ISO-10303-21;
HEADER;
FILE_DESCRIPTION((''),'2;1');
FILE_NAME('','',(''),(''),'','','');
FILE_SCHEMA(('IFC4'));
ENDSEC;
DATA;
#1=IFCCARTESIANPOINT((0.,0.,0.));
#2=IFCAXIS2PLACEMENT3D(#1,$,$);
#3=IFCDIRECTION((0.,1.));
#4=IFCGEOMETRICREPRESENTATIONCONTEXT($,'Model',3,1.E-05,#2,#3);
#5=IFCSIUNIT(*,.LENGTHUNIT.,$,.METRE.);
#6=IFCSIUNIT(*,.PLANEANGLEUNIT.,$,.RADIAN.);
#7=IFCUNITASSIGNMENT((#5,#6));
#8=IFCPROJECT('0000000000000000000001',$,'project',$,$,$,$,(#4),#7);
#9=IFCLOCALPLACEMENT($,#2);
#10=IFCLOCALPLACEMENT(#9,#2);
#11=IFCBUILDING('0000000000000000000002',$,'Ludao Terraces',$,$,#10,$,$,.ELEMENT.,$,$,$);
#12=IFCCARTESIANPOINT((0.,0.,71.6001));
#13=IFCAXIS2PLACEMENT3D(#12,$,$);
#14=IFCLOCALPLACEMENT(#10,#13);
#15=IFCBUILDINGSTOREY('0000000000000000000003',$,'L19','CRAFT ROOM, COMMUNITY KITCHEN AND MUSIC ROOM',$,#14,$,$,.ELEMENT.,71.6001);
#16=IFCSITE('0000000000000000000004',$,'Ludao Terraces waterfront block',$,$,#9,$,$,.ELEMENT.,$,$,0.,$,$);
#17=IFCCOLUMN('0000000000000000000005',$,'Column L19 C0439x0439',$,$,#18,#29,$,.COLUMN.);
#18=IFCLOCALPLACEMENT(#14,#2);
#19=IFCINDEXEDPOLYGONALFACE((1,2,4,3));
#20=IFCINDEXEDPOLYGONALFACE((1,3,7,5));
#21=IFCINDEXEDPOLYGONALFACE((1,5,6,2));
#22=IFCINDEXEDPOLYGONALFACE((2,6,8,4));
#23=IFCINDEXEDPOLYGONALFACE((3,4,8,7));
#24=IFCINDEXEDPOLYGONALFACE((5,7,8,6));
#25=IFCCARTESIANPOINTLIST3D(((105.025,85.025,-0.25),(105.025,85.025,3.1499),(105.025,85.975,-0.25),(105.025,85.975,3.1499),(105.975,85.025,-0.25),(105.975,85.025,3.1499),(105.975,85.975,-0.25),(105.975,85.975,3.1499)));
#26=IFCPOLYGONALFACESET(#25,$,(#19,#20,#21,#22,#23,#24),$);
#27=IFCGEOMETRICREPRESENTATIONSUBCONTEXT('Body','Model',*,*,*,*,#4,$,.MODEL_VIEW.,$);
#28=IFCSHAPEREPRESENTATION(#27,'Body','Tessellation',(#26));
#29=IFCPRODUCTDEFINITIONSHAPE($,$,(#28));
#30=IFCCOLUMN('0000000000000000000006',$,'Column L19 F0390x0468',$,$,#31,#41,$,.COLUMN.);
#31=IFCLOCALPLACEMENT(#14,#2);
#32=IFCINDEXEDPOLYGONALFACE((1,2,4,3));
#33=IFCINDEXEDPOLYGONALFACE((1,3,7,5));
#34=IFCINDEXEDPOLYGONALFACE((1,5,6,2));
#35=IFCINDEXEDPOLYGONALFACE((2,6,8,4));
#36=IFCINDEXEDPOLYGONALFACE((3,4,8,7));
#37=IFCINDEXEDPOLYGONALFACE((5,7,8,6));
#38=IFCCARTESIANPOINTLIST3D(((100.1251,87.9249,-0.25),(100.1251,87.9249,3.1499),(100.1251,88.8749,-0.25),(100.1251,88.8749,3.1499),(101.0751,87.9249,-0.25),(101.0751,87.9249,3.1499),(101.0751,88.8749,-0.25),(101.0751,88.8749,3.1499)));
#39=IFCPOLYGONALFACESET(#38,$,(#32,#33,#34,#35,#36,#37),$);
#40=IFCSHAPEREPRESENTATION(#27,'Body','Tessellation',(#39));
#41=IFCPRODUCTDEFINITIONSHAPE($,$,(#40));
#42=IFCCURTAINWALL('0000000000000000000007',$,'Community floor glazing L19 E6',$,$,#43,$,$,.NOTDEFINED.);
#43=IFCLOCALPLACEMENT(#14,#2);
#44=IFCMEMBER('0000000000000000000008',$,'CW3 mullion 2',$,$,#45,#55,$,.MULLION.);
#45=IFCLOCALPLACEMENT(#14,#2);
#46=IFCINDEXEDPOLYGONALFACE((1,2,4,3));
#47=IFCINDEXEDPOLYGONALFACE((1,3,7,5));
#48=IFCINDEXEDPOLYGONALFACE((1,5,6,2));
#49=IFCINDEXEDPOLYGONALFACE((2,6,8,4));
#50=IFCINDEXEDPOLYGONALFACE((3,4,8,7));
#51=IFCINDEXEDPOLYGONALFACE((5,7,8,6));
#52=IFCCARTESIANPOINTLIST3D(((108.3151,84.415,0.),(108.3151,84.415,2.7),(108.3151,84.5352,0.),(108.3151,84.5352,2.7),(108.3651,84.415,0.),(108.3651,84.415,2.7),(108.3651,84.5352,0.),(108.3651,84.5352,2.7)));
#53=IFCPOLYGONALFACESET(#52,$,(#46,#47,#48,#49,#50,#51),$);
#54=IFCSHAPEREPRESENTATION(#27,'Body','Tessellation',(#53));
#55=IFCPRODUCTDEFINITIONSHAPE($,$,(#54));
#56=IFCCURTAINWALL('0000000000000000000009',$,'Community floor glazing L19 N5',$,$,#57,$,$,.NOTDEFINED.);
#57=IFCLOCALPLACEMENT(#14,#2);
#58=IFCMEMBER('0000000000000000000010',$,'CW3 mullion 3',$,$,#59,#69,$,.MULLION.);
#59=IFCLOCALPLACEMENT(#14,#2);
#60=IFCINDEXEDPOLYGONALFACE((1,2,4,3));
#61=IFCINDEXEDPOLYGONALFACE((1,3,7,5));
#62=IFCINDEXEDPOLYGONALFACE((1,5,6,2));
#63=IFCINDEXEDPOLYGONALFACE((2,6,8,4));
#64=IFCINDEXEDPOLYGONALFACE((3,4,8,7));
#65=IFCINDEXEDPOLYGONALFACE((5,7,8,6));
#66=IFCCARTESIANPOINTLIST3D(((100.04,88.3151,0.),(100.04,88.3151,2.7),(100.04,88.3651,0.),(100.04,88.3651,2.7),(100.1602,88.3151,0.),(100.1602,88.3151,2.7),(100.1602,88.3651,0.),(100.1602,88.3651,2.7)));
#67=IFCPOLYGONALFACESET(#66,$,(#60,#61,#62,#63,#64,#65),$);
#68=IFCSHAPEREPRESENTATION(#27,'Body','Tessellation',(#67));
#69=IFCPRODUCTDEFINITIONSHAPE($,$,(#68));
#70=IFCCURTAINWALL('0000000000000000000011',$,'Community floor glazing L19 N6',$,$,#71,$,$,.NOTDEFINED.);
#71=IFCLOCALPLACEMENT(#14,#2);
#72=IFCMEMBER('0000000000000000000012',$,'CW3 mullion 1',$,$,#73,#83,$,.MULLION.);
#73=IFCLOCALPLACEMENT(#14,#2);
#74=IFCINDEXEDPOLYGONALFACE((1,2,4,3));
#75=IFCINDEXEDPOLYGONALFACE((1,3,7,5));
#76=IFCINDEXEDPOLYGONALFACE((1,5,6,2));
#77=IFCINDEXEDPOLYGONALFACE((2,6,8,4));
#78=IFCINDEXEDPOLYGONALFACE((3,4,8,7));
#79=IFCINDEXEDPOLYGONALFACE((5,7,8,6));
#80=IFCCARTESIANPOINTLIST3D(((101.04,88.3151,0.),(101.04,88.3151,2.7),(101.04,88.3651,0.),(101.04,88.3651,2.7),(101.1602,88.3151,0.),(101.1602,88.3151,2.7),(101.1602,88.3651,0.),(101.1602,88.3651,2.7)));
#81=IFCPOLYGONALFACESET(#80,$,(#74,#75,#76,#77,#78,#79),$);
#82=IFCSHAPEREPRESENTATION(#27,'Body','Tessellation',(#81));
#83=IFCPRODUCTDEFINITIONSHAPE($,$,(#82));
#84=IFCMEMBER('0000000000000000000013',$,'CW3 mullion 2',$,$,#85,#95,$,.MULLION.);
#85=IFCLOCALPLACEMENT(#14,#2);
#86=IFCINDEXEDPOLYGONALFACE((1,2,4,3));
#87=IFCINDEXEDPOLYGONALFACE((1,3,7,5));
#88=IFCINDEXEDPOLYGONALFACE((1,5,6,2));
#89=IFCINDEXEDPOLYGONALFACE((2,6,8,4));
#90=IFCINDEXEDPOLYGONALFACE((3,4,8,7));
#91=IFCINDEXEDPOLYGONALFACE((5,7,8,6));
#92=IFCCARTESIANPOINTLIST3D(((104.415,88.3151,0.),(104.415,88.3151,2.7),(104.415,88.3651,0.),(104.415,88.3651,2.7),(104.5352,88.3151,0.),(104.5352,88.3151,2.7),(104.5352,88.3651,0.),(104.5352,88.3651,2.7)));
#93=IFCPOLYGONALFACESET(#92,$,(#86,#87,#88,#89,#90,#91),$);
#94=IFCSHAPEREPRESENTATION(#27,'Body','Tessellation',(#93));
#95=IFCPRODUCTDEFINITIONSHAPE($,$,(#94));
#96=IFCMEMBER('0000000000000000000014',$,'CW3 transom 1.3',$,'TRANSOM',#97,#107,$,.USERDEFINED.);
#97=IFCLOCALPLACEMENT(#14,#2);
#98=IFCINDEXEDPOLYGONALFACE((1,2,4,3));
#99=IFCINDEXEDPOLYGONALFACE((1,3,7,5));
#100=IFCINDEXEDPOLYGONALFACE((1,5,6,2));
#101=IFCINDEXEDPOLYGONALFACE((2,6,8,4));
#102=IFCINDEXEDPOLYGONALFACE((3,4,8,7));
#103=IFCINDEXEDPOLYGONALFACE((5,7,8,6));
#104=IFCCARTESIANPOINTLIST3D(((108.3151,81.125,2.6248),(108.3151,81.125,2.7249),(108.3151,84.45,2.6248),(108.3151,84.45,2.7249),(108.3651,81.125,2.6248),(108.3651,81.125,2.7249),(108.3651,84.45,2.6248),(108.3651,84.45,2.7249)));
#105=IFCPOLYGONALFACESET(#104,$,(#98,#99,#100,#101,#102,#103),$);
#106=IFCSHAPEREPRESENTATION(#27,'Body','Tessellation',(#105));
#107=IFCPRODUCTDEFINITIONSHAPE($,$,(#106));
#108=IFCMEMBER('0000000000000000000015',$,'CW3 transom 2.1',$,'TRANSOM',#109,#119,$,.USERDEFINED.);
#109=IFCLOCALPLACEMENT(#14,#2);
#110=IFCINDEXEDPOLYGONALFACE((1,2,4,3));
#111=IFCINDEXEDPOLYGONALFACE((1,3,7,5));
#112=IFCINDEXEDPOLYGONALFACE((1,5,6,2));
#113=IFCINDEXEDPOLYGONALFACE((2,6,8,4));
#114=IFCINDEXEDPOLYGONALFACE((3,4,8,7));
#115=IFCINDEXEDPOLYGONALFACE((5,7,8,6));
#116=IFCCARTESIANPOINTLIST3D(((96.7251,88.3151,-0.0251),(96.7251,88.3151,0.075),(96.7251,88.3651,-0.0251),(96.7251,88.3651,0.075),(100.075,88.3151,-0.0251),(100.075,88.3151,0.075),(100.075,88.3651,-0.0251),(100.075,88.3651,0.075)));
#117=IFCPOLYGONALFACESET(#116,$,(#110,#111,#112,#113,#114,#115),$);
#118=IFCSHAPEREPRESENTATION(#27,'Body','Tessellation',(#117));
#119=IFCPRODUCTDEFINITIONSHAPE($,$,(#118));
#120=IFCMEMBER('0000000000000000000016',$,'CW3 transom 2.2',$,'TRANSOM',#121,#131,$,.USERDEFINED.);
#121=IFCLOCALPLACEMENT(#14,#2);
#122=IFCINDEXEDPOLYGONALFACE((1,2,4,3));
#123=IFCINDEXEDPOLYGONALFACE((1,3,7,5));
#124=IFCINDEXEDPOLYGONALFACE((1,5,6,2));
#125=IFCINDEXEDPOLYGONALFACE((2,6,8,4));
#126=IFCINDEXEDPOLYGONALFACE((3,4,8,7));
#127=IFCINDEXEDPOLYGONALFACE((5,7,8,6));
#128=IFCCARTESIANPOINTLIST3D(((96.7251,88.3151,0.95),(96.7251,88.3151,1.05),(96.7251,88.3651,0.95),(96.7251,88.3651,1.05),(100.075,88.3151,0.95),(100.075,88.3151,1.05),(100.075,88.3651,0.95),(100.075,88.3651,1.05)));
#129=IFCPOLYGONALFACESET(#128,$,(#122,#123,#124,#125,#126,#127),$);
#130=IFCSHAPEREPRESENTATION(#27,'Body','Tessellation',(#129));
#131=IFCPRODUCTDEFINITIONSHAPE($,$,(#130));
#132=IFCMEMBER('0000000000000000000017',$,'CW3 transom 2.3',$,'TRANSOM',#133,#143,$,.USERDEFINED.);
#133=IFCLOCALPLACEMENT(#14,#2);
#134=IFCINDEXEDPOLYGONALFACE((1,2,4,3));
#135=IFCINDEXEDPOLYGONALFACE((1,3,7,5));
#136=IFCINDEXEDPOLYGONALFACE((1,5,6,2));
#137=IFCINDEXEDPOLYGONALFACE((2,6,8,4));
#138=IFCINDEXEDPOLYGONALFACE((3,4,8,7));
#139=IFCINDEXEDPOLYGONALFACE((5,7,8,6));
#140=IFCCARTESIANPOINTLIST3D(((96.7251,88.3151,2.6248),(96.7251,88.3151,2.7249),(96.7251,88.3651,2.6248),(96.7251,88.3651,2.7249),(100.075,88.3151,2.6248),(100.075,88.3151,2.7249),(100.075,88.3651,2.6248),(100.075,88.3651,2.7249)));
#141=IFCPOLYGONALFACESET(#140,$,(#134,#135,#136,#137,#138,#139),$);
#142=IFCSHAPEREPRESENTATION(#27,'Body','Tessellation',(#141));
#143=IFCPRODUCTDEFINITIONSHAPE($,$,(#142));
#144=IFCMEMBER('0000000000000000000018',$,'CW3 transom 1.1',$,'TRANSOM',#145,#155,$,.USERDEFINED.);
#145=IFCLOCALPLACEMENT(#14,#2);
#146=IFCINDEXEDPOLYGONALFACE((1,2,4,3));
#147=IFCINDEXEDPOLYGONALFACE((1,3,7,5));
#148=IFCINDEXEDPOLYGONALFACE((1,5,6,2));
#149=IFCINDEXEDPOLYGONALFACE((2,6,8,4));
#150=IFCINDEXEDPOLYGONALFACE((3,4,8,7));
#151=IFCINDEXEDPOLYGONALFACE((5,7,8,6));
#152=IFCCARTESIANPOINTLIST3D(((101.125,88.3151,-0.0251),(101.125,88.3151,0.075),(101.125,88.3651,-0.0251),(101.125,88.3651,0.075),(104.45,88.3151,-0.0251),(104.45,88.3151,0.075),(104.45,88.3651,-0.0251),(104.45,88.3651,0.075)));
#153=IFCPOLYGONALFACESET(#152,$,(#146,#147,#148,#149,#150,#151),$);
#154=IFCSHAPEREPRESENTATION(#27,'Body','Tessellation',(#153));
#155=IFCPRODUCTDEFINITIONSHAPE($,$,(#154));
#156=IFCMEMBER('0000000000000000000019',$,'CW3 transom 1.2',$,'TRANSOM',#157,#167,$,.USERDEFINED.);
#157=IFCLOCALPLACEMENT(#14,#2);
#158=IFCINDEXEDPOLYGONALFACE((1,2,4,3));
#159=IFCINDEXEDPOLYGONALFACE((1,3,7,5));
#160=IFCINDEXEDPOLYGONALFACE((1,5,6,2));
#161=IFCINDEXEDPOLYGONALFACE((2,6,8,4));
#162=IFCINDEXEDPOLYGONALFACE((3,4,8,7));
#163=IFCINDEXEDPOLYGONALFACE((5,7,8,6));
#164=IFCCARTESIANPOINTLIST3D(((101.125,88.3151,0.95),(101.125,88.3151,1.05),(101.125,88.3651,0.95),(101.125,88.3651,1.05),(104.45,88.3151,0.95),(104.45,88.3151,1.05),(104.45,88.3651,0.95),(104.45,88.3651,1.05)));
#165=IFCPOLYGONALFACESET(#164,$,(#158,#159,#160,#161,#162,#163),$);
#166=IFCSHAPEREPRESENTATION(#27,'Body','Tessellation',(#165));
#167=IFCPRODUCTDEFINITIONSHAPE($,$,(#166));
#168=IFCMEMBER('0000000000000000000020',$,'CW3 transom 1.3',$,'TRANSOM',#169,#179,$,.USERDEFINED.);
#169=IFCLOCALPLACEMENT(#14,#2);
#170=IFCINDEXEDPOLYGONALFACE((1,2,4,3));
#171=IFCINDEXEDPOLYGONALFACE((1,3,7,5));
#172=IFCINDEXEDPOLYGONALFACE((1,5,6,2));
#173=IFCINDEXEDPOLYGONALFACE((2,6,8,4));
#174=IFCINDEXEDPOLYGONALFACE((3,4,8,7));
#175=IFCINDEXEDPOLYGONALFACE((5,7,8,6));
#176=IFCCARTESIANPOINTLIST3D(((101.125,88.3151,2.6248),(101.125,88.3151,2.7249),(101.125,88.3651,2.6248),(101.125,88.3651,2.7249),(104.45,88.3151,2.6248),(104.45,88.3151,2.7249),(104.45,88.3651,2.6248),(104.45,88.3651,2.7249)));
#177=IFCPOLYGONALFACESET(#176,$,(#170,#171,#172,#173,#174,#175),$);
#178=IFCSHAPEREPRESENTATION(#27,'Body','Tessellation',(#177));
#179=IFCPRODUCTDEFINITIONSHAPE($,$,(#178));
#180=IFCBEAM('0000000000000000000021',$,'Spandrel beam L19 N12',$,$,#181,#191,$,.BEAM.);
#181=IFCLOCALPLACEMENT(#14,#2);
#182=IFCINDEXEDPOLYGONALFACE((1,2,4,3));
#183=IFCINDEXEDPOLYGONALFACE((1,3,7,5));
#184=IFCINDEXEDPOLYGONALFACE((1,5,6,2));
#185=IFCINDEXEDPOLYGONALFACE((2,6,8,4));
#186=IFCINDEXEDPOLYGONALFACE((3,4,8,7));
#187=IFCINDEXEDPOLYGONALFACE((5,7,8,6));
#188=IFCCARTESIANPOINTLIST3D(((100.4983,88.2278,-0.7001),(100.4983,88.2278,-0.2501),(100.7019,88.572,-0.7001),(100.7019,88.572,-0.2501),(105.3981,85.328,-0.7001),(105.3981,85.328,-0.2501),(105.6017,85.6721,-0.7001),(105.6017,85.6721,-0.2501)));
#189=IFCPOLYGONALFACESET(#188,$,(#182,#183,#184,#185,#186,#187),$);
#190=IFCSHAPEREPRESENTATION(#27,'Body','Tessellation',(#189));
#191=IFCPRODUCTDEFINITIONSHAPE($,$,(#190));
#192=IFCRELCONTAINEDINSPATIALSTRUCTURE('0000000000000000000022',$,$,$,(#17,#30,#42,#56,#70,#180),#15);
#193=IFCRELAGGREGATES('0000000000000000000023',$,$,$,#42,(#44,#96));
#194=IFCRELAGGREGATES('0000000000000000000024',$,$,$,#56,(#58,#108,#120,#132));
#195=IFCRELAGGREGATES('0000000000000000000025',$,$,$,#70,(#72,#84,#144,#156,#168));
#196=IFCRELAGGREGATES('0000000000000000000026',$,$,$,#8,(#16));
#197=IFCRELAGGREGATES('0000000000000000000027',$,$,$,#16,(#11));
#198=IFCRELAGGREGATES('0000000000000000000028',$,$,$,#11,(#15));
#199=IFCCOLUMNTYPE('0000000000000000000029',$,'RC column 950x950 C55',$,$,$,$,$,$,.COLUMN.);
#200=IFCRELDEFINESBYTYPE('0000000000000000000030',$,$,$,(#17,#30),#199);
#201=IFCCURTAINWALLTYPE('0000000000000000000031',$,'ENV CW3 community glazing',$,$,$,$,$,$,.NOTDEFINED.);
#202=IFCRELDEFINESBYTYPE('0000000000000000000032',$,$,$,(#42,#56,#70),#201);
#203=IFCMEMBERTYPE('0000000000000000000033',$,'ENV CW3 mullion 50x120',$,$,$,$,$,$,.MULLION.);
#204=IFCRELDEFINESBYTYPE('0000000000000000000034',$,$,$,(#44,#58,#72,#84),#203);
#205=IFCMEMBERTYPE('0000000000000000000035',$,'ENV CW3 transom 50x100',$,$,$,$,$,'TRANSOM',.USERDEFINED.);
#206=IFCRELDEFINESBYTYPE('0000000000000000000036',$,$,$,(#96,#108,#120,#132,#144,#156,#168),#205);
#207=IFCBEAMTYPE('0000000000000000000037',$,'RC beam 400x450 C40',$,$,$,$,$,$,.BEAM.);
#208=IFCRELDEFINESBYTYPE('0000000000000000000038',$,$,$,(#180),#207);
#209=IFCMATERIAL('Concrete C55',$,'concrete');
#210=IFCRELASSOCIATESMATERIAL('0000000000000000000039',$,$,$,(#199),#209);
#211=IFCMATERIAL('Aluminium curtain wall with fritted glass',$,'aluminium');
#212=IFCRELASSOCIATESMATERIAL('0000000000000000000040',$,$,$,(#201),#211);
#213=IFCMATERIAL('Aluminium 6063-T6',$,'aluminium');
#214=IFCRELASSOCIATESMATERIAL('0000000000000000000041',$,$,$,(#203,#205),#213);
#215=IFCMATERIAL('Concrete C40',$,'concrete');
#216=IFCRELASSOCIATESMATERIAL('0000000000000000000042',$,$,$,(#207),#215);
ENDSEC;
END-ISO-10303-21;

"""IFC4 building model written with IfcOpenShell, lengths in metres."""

from ifc_helpers import new_model, si_unit, direction, frame, origin, origin_2d, place, context, subcontext, project, spatial, rectangle, extrude, material, material_profile, profile_set, type_object, element, aggregate, save


model = new_model("IFC4")

# Units and contexts
model_context = context("Model", 3, precision=1e-05, world=origin(), true_north=direction((0.0, 1.0)))
body_context = subcontext(model_context, "Body", "Model", "MODEL_VIEW")
ifc_project = project(units=[si_unit("LENGTHUNIT", "METRE"), si_unit("PLANEANGLEUNIT", "RADIAN")], contexts=[model_context])

# Site, building, storey
site_placement = place(None, origin())
site = spatial("IfcSite", under=ifc_project, at=site_placement, Name="Ludao Terraces waterfront block", CompositionType="ELEMENT", RefElevation=0.0)
building_placement = place(site_placement, origin())
building = spatial("IfcBuilding", under=site, at=building_placement, Name="Ludao Terraces", CompositionType="ELEMENT")
storey_placement = place(building_placement, frame((0.0, 0.0, 71.6001)))
storey = spatial("IfcBuildingStorey", under=building, at=storey_placement, Name="L19", Description="CRAFT ROOM, COMMUNITY KITCHEN AND MUSIC ROOM", CompositionType="ELEMENT", Elevation=71.6001)

# Columns
ifc_material_1 = material(Name="Concrete C55", Category="concrete")
ifc_material_profile_1 = material_profile(ifc_material_1, rectangle(XDim=0.95, YDim=0.95, at=origin_2d()), Name="950 X 950")
ifc_profile_set_1 = profile_set([ifc_material_profile_1], Name="Concrete C55")
column_type = type_object("IfcColumnType", Name="RC column 950x950 C55", PredefinedType="COLUMN", material=ifc_profile_set_1)
for number, where, z_axis, x_axis, name in (
    (1, (105.5, 85.5, -0.25), (0.0, 0.0, 1.0), (1.0, 0.0, 0.0), "Column L19 C0439x0439"),
    (2, (100.6001, 88.3999, -0.25), (0.0, 0.0, 1.0), (1.0, 0.0, 0.0), "Column L19 F0390x0468"),
):
    element("IfcColumn", number, at=place(storey_placement, frame(where, z_axis=z_axis, x_axis=x_axis)), inside=storey, type_object=column_type, Name=name, PredefinedType="COLUMN", context=body_context, shape_type="SweptSolid", body=[
        extrude(rectangle(XDim=0.95, YDim=0.95, at=origin_2d()), origin(), (0.0, 0.0, 1.0), 3.3999),
    ])

# Curtain walls, members
ifc_material_2 = material(Name="Aluminium curtain wall with fritted glass", Category="aluminium")
curtain_wall_type = type_object("IfcCurtainWallType", Name="ENV CW3 community glazing", PredefinedType="NOTDEFINED", material=ifc_material_2)
curtain_wall_1_placement = place(storey_placement, origin())
curtain_wall_1 = element("IfcCurtainWall", 3, at=curtain_wall_1_placement, inside=storey, type_object=curtain_wall_type, Name="Community floor glazing L19 E6", PredefinedType="NOTDEFINED")
ifc_material_3 = material(Name="Aluminium 6063-T6", Category="aluminium")
ifc_material_profile_2 = material_profile(ifc_material_3, rectangle(XDim=0.05, YDim=0.1201, at=origin_2d()), Name="50 X 120")
ifc_profile_set_2 = profile_set([ifc_material_profile_2], Name="Aluminium 6063-T6")
member_type_1 = type_object("IfcMemberType", Name="ENV CW3 mullion 50x120", PredefinedType="MULLION", material=ifc_profile_set_2)
member_1_placement = place(storey_placement, frame((108.3401, 84.4751, 0.0), z_axis=(0.0, 0.0, 1.0), x_axis=(-1.0, 0.0, 0.0)))
member_1 = element("IfcMember", 4, at=member_1_placement, type_object=member_type_1, Name="CW3 mullion 2", PredefinedType="MULLION", context=body_context, shape_type="SweptSolid", body=[
    extrude(rectangle(XDim=0.05, YDim=0.1201, at=origin_2d()), origin(), (0.0, 0.0, 1.0), 2.7),
])
curtain_wall_2_placement = place(storey_placement, origin())
curtain_wall_2 = element("IfcCurtainWall", 5, at=curtain_wall_2_placement, inside=storey, type_object=curtain_wall_type, Name="Community floor glazing L19 N5", PredefinedType="NOTDEFINED")
member_2_placement = place(storey_placement, frame((100.1001, 88.3401, 0.0), z_axis=(0.0, 0.0, 1.0), x_axis=(0.0, 1.0, 0.0)))
member_2 = element("IfcMember", 6, at=member_2_placement, type_object=member_type_1, Name="CW3 mullion 3", PredefinedType="MULLION", context=body_context, shape_type="SweptSolid", body=[
    extrude(rectangle(XDim=0.05, YDim=0.1201, at=origin_2d()), origin(), (0.0, 0.0, 1.0), 2.7),
])

# Curtain wall, members
curtain_wall_3_placement = place(storey_placement, origin())
curtain_wall_3 = element("IfcCurtainWall", 7, at=curtain_wall_3_placement, inside=storey, type_object=curtain_wall_type, Name="Community floor glazing L19 N6", PredefinedType="NOTDEFINED")
member_3_placement = place(storey_placement, frame((101.1001, 88.3401, 0.0), z_axis=(0.0, 0.0, 1.0), x_axis=(0.0, 1.0, 0.0)))
member_3 = element("IfcMember", 8, at=member_3_placement, type_object=member_type_1, Name="CW3 mullion 1", PredefinedType="MULLION", context=body_context, shape_type="SweptSolid", body=[
    extrude(rectangle(XDim=0.05, YDim=0.1201, at=origin_2d()), origin(), (0.0, 0.0, 1.0), 2.7),
])
member_4_placement = place(storey_placement, frame((104.4751, 88.3401, 0.0), z_axis=(0.0, 0.0, 1.0), x_axis=(0.0, 1.0, 0.0)))
member_4 = element("IfcMember", 9, at=member_4_placement, type_object=member_type_1, Name="CW3 mullion 2", PredefinedType="MULLION", context=body_context, shape_type="SweptSolid", body=[
    extrude(rectangle(XDim=0.05, YDim=0.1201, at=origin_2d()), origin(), (0.0, 0.0, 1.0), 2.7),
])

# Members
ifc_material_profile_3 = material_profile(ifc_material_3, rectangle(XDim=0.05, YDim=0.1001, at=origin_2d()), Name="50 X 100")
ifc_profile_set_3 = profile_set([ifc_material_profile_3], Name="Aluminium 6063-T6")
member_type_2 = type_object("IfcMemberType", Name="ENV CW3 transom 50x100", ElementType="TRANSOM", PredefinedType="USERDEFINED", material=ifc_profile_set_3)
member_5_placement = place(storey_placement, frame((108.3401, 81.125, 2.6748), z_axis=(0.0, 1.0, 0.0), x_axis=(-1.0, 0.0, 0.0)))
member_5 = element("IfcMember", 10, at=member_5_placement, type_object=member_type_2, Name="CW3 transom 1.3", ObjectType="TRANSOM", PredefinedType="USERDEFINED", context=body_context, shape_type="SweptSolid", body=[
    extrude(rectangle(XDim=0.05, YDim=0.1001, at=origin_2d()), origin(), (0.0, 0.0, 1.0), 3.325),
])
member_6_placement = place(storey_placement, frame((96.7251, 88.3401, 0.0249), z_axis=(1.0, 0.0, 0.0), x_axis=(0.0, 1.0, 0.0)))
member_6 = element("IfcMember", 11, at=member_6_placement, type_object=member_type_2, Name="CW3 transom 2.1", ObjectType="TRANSOM", PredefinedType="USERDEFINED", context=body_context, shape_type="SweptSolid", body=[
    extrude(rectangle(XDim=0.05, YDim=0.1001, at=origin_2d()), origin(), (0.0, 0.0, 1.0), 3.3499),
])
member_7_placement = place(storey_placement, frame((96.7251, 88.3401, 1.0), z_axis=(1.0, 0.0, 0.0), x_axis=(0.0, 1.0, 0.0)))
member_7 = element("IfcMember", 12, at=member_7_placement, type_object=member_type_2, Name="CW3 transom 2.2", ObjectType="TRANSOM", PredefinedType="USERDEFINED", context=body_context, shape_type="SweptSolid", body=[
    extrude(rectangle(XDim=0.05, YDim=0.1001, at=origin_2d()), origin(), (0.0, 0.0, 1.0), 3.3499),
])
member_8_placement = place(storey_placement, frame((96.7251, 88.3401, 2.6748), z_axis=(1.0, 0.0, 0.0), x_axis=(0.0, 1.0, 0.0)))
member_8 = element("IfcMember", 13, at=member_8_placement, type_object=member_type_2, Name="CW3 transom 2.3", ObjectType="TRANSOM", PredefinedType="USERDEFINED", context=body_context, shape_type="SweptSolid", body=[
    extrude(rectangle(XDim=0.05, YDim=0.1001, at=origin_2d()), origin(), (0.0, 0.0, 1.0), 3.3499),
])
member_9_placement = place(storey_placement, frame((101.125, 88.3401, 0.0249), z_axis=(1.0, 0.0, 0.0), x_axis=(0.0, 1.0, 0.0)))
member_9 = element("IfcMember", 14, at=member_9_placement, type_object=member_type_2, Name="CW3 transom 1.1", ObjectType="TRANSOM", PredefinedType="USERDEFINED", context=body_context, shape_type="SweptSolid", body=[
    extrude(rectangle(XDim=0.05, YDim=0.1001, at=origin_2d()), origin(), (0.0, 0.0, 1.0), 3.325),
])
member_10_placement = place(storey_placement, frame((101.125, 88.3401, 1.0), z_axis=(1.0, 0.0, 0.0), x_axis=(0.0, 1.0, 0.0)))
member_10 = element("IfcMember", 15, at=member_10_placement, type_object=member_type_2, Name="CW3 transom 1.2", ObjectType="TRANSOM", PredefinedType="USERDEFINED", context=body_context, shape_type="SweptSolid", body=[
    extrude(rectangle(XDim=0.05, YDim=0.1001, at=origin_2d()), origin(), (0.0, 0.0, 1.0), 3.325),
])
member_11_placement = place(storey_placement, frame((101.125, 88.3401, 2.6748), z_axis=(1.0, 0.0, 0.0), x_axis=(0.0, 1.0, 0.0)))
member_11 = element("IfcMember", 16, at=member_11_placement, type_object=member_type_2, Name="CW3 transom 1.3", ObjectType="TRANSOM", PredefinedType="USERDEFINED", context=body_context, shape_type="SweptSolid", body=[
    extrude(rectangle(XDim=0.05, YDim=0.1001, at=origin_2d()), origin(), (0.0, 0.0, 1.0), 3.325),
])

# Beam
ifc_material_4 = material(Name="Concrete C40", Category="concrete")
ifc_material_profile_4 = material_profile(ifc_material_4, rectangle(XDim=0.3999, YDim=0.45, at=origin_2d()), Name="400 X 450")
ifc_profile_set_4 = profile_set([ifc_material_profile_4], Name="Concrete C40")
beam_type = type_object("IfcBeamType", Name="RC beam 400x450 C40", PredefinedType="BEAM", material=ifc_profile_set_4)
beam_placement = place(storey_placement, frame((100.6001, 88.3999, -0.4751), z_axis=(0.86058, -0.509316, 0.0), x_axis=(0.509316, 0.86058, 0.0)))
element("IfcBeam", 17, at=beam_placement, inside=storey, type_object=beam_type, Name="Spandrel beam L19 N12", PredefinedType="BEAM", context=body_context, shape_type="SweptSolid", body=[
    extrude(rectangle(XDim=0.3999, YDim=0.45, at=origin_2d()), origin(), (0.0, 0.0, 1.0), 5.6936),
])

aggregate(curtain_wall_1, [member_1, member_5])
aggregate(curtain_wall_2, [member_2, member_6, member_7, member_8])
aggregate(curtain_wall_3, [member_3, member_4, member_9, member_10, member_11])

save(model, "model.ifc")
